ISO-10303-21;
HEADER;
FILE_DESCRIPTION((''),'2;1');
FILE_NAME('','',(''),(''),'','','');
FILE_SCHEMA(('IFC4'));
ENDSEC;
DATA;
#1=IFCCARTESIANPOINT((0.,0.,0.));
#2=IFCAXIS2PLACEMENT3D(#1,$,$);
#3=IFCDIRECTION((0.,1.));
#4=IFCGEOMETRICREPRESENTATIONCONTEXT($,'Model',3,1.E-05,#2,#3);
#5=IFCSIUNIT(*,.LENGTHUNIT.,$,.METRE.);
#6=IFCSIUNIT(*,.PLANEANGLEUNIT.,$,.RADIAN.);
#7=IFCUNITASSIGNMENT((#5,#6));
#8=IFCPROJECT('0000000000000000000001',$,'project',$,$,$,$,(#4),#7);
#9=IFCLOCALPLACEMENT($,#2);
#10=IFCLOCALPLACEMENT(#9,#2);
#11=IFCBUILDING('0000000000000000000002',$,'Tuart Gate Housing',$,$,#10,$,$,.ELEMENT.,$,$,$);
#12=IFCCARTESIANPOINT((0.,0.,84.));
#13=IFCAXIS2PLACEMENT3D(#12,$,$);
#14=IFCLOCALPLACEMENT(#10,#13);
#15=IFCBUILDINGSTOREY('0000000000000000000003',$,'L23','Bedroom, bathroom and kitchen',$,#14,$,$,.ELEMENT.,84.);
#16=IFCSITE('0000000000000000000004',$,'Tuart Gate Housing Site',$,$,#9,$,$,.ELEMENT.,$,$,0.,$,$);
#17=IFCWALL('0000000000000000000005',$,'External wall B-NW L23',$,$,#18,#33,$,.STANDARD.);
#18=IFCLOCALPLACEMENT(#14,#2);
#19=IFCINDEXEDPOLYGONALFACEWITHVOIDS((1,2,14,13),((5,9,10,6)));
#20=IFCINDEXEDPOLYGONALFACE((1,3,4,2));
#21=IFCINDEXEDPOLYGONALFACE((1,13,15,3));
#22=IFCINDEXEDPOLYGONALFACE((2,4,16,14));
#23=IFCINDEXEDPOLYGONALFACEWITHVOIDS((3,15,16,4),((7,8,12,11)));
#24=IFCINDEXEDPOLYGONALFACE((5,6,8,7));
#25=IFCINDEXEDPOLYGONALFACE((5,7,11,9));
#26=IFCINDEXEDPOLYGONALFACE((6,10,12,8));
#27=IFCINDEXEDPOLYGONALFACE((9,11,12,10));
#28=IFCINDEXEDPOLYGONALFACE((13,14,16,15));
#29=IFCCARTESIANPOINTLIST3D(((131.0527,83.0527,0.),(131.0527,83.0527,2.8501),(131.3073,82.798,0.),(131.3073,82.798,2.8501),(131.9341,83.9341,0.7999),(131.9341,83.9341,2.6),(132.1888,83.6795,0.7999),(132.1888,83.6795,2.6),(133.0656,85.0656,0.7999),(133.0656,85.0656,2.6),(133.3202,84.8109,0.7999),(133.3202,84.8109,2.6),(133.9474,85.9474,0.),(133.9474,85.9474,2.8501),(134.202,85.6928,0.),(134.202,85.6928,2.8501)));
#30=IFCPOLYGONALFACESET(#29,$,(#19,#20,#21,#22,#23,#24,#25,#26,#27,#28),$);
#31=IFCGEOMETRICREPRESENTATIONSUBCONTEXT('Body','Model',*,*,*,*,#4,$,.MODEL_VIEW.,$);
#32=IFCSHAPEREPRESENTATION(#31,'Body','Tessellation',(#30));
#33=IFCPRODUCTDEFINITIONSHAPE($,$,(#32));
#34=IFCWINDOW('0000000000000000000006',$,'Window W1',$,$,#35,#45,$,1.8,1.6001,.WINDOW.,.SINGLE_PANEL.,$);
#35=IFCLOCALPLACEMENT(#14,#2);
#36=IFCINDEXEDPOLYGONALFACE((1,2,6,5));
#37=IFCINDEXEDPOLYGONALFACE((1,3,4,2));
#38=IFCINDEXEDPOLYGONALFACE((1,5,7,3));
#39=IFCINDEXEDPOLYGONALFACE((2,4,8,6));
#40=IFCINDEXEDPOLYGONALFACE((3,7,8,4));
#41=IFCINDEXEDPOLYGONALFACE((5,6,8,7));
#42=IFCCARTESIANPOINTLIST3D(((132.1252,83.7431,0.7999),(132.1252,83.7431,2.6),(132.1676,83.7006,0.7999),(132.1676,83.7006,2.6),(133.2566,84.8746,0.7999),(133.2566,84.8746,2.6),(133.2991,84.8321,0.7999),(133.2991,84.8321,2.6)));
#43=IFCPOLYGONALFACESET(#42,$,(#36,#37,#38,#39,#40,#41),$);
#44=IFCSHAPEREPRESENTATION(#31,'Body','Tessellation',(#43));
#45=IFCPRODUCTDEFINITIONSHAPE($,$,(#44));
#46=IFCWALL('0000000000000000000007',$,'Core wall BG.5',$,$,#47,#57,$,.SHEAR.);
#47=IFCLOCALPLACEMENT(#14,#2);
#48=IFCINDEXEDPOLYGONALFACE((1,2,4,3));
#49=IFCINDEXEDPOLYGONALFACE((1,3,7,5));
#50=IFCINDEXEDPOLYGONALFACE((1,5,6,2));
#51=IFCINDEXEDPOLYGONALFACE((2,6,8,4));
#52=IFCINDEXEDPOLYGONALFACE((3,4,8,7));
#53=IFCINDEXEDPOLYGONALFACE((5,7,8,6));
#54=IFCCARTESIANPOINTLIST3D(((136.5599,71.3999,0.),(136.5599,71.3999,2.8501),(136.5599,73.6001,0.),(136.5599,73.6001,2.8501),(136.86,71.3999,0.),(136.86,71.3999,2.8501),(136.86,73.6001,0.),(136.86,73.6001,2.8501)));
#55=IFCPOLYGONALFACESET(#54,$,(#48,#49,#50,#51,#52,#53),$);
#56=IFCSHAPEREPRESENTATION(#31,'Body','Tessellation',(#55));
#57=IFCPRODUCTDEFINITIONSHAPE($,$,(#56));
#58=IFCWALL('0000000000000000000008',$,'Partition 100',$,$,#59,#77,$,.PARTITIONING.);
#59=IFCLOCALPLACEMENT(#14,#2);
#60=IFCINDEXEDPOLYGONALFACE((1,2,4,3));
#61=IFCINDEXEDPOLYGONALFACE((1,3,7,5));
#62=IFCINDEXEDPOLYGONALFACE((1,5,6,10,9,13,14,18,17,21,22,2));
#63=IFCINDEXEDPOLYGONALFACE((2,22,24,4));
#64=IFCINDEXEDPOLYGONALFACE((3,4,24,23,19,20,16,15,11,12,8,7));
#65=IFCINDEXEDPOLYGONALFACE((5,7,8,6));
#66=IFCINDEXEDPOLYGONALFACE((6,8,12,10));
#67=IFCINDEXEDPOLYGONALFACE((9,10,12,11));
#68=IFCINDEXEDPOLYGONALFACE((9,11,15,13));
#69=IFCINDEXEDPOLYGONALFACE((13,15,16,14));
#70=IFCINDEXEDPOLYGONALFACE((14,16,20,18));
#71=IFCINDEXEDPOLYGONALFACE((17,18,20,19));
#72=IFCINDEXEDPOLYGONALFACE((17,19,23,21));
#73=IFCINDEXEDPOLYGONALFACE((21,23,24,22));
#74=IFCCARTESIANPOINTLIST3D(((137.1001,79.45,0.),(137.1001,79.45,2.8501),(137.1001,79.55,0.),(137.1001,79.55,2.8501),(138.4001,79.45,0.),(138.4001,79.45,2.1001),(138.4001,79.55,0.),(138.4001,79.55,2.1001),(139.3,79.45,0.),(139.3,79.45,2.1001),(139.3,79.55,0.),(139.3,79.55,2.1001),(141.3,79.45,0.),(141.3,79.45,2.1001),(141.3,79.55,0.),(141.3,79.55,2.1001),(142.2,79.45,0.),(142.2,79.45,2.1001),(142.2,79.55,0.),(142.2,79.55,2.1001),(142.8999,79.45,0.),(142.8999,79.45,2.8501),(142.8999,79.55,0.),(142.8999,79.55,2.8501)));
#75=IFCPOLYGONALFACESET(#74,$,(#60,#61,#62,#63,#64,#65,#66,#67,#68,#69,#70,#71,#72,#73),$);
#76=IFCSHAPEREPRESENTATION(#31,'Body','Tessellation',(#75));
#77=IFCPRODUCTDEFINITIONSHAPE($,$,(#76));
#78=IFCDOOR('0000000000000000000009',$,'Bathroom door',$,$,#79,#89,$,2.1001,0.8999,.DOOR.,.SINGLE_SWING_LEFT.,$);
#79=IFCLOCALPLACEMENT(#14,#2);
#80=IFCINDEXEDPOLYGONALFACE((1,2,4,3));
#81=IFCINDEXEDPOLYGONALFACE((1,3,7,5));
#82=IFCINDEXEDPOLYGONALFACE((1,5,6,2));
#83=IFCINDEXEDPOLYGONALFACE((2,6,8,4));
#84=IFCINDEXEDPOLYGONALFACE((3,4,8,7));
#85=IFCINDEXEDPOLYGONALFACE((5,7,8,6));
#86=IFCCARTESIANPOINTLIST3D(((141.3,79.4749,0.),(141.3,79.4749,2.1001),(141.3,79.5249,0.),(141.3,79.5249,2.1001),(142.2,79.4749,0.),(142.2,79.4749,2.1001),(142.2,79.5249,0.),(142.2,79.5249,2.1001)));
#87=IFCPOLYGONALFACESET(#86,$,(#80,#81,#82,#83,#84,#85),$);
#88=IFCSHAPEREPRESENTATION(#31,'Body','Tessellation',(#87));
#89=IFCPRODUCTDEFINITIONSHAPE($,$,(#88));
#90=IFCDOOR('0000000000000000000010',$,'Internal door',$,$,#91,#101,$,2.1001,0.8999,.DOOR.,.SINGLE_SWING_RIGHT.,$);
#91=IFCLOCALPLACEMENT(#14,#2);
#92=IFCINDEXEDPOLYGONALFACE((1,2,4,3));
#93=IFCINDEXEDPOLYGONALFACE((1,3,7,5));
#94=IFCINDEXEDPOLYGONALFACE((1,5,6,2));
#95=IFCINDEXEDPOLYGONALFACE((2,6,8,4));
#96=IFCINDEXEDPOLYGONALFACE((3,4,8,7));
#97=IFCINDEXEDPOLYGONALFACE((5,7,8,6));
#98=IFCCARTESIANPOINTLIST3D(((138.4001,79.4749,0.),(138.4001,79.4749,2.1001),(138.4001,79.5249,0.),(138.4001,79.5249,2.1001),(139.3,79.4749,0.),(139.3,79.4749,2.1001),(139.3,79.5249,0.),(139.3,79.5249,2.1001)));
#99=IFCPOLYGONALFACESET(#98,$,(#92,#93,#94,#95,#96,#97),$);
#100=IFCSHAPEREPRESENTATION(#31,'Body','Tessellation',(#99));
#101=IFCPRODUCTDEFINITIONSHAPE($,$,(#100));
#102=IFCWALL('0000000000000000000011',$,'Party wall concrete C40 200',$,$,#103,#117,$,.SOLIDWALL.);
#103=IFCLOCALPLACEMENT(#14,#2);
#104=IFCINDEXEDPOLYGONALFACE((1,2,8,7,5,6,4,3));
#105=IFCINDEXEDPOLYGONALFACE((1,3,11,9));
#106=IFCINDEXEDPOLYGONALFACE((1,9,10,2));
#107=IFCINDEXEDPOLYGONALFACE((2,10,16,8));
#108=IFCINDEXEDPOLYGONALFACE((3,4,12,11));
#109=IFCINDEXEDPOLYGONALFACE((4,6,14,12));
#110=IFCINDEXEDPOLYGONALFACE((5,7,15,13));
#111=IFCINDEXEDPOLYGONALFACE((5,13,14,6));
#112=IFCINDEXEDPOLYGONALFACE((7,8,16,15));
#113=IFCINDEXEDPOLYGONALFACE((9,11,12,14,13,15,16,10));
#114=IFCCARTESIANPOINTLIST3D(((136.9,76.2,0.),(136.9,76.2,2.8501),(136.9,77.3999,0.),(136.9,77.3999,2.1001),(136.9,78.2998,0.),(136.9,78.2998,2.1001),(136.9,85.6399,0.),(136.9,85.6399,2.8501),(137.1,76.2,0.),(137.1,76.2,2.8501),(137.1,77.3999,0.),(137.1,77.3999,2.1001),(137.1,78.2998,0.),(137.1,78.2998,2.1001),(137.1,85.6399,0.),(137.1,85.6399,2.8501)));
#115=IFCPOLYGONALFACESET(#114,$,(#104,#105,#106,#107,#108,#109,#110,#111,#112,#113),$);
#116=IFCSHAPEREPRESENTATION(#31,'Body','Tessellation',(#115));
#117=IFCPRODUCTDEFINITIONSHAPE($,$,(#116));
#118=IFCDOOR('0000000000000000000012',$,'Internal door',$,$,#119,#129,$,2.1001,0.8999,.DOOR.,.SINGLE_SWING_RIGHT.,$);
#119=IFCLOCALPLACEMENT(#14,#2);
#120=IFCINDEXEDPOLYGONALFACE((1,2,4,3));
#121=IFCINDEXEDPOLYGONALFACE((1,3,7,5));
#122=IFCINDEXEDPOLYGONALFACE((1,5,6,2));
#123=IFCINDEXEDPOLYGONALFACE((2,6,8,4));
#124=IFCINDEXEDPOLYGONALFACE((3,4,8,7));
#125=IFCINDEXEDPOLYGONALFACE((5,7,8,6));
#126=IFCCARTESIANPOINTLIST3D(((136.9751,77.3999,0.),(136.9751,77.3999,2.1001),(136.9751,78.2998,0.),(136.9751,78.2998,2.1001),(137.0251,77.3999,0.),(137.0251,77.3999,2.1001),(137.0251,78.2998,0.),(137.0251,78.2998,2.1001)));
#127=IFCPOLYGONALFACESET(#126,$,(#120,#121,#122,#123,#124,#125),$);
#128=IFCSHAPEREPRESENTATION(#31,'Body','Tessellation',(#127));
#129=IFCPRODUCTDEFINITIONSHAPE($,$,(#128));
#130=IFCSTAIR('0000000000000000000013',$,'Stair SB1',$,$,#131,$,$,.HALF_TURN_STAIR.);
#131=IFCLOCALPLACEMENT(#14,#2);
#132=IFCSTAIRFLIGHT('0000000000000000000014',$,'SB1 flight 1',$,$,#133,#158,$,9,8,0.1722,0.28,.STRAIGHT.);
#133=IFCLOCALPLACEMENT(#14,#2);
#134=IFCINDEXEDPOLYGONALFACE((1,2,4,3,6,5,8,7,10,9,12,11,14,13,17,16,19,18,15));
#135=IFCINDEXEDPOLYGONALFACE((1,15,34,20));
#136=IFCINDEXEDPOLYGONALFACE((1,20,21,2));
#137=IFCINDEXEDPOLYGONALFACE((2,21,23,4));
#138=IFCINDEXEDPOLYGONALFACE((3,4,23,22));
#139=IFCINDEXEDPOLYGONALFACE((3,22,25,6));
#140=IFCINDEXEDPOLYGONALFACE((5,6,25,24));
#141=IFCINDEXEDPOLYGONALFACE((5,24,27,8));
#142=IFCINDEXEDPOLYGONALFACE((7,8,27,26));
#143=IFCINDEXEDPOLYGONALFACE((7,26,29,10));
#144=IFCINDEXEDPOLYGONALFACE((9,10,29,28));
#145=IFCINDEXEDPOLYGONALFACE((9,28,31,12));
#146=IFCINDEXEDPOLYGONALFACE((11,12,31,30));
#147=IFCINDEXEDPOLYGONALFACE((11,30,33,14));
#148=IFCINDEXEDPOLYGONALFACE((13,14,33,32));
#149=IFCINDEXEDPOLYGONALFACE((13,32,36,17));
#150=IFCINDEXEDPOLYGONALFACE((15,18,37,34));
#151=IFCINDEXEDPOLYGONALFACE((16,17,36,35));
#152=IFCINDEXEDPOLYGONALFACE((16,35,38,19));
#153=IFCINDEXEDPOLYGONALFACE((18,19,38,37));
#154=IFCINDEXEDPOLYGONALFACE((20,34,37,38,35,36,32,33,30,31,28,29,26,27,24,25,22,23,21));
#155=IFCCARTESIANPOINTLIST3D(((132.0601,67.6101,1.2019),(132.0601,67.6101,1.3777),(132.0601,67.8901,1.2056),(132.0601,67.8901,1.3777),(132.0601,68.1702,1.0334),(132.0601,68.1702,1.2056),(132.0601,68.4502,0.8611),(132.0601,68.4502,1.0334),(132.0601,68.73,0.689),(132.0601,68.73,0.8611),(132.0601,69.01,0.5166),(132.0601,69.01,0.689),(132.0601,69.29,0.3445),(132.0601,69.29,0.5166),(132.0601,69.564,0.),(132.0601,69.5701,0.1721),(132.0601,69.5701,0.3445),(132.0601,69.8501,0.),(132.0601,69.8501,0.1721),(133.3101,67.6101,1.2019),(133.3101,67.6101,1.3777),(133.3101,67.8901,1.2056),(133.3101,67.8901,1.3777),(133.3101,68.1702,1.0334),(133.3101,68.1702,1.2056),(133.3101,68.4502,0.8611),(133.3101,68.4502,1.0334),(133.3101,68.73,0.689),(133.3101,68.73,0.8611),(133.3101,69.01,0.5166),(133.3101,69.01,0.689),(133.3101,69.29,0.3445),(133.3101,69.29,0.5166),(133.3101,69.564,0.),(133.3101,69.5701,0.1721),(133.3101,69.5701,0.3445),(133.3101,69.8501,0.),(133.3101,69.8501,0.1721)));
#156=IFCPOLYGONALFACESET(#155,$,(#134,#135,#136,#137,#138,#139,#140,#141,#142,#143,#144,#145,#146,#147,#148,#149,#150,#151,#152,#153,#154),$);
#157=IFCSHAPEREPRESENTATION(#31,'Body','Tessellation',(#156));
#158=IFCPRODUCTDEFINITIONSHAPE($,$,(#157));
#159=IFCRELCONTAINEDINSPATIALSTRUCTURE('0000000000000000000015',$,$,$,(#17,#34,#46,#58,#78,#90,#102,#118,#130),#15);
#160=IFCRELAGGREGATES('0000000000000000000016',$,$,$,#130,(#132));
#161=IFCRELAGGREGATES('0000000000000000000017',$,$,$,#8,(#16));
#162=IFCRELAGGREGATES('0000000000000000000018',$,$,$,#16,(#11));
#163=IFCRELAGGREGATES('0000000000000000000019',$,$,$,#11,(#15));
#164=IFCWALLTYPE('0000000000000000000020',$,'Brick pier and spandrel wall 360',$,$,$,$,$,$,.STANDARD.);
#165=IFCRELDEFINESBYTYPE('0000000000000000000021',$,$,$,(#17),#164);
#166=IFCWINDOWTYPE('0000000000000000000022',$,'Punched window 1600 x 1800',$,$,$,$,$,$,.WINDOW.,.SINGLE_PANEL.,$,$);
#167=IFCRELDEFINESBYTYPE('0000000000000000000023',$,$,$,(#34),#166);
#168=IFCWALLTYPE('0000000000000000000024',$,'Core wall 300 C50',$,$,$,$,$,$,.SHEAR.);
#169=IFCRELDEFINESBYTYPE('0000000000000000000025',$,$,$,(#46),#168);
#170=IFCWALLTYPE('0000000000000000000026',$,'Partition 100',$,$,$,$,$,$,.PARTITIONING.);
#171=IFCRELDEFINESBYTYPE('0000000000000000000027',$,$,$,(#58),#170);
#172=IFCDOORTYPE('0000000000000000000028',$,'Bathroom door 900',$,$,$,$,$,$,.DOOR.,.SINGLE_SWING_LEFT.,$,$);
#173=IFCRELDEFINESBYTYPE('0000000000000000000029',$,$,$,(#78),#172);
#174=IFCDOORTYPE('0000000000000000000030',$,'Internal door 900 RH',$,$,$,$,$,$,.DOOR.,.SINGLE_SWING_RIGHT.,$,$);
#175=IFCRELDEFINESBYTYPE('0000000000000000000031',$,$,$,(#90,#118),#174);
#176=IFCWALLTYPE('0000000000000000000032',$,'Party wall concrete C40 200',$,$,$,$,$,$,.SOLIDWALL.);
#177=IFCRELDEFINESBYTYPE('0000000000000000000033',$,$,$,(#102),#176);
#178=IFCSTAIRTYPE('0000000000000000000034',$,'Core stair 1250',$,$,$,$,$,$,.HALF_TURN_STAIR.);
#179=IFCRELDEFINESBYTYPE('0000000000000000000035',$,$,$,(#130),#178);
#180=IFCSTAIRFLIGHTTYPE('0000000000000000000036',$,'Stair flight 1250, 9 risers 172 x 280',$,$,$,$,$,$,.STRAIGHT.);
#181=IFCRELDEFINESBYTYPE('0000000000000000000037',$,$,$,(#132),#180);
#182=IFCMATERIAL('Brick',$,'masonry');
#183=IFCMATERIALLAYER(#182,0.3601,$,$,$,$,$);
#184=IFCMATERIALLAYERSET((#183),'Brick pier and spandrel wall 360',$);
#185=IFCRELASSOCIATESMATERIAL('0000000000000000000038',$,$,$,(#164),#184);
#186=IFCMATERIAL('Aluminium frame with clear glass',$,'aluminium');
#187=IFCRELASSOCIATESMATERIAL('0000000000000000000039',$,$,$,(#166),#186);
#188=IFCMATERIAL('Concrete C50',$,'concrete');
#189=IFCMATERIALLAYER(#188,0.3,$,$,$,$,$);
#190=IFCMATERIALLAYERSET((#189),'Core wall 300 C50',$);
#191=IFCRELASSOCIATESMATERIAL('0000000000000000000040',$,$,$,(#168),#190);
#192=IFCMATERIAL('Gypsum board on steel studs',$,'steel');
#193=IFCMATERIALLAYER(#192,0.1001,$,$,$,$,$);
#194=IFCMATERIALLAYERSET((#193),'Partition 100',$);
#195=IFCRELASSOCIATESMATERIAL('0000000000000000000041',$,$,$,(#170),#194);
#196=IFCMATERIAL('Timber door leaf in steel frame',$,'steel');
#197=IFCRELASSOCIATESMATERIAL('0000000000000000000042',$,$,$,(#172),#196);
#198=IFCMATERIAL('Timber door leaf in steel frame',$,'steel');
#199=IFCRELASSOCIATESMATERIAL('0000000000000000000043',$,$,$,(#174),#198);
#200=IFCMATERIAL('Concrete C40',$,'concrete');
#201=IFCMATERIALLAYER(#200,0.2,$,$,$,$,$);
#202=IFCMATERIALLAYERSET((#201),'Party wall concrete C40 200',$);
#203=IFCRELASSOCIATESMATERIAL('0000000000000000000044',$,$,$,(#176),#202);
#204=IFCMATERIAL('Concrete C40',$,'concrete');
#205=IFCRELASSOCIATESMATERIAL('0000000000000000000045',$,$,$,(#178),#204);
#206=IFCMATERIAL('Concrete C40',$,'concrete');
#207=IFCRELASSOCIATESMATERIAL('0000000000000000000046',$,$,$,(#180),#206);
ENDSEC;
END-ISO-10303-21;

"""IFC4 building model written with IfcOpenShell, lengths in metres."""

from ifc_helpers import new_model, si_unit, direction, frame, frame_2d, origin, place, context, subcontext, project, spatial, polyline, rectangle, outline, extrude, material, layer, layer_set, type_object, element, fill, aggregate, save


model = new_model("IFC4")

# Units and contexts
model_context = context("Model", 3, precision=1e-05, world=origin(), true_north=direction((0.0, 1.0)))
body_context = subcontext(model_context, "Body", "Model", "MODEL_VIEW")
ifc_project = project(units=[si_unit("LENGTHUNIT", "METRE"), si_unit("PLANEANGLEUNIT", "RADIAN")], contexts=[model_context])

# Site, building, storey
site_placement = place(None, origin())
site = spatial("IfcSite", under=ifc_project, at=site_placement, Name="Tuart Gate Housing Site", CompositionType="ELEMENT", RefElevation=0.0)
building_placement = place(site_placement, origin())
building = spatial("IfcBuilding", under=site, at=building_placement, Name="Tuart Gate Housing", CompositionType="ELEMENT")
storey_placement = place(building_placement, frame((0.0, 0.0, 84.0)))
storey = spatial("IfcBuildingStorey", under=building, at=storey_placement, Name="L23", Description="Bedroom, bathroom and kitchen", CompositionType="ELEMENT", Elevation=84.0)

# Wall, opening, window
ifc_material_1 = material(Name="Brick", Category="masonry")
ifc_layer_1 = layer(ifc_material_1, 0.3601)
ifc_layer_set_1 = layer_set([ifc_layer_1], Name="Brick pier and spandrel wall 360")
wall_type_1 = type_object("IfcWallType", Name="Brick pier and spandrel wall 360", PredefinedType="STANDARD", material=ifc_layer_set_1)
wall_1_placement = place(storey_placement, frame((134.0747, 85.8201, 0.0), z_axis=(0.0, 0.0, 1.0), x_axis=(-0.707107, -0.707107, 0.0)))
wall_1 = element("IfcWall", 1, at=wall_1_placement, inside=storey, type_object=wall_type_1, Name="External wall B-NW L23", PredefinedType="STANDARD", context=body_context, shape_type="SweptSolid", body=[
    extrude(rectangle(XDim=4.0938, YDim=0.3601, at=frame_2d((2.0469, 0.0))), origin(), (0.0, 0.0, 1.0), 2.8501),
])
opening_1_placement = place(wall_1_placement, frame((1.2471, 0.0, 0.8)))
opening_1 = element("IfcOpeningElement", 2, at=opening_1_placement, cuts=wall_1, PredefinedType="OPENING", context=body_context, shape_type="SweptSolid", body=[
    extrude(rectangle(XDim=1.6001, YDim=1.8, at=frame_2d((0.8, 0.8999))), frame((0.0, 0.1899, 0.0), z_axis=(0.0, -1.0, 0.0), x_axis=(1.0, 0.0, 0.0)), (0.0, 0.0, 1.0), 0.3801),
])
ifc_material_2 = material(Name="Aluminium frame with clear glass", Category="aluminium")
window_type = type_object("IfcWindowType", Name="Punched window 1600 x 1800", PartitioningType="SINGLE_PANEL", PredefinedType="WINDOW", material=ifc_material_2)
window_placement = place(opening_1_placement, origin())
window = element("IfcWindow", 3, at=window_placement, inside=storey, type_object=window_type, Name="Window W1", OverallHeight=1.8, OverallWidth=1.6001, PartitioningType="SINGLE_PANEL", PredefinedType="WINDOW", context=body_context, shape_type="SweptSolid", body=[
    extrude(rectangle(XDim=1.6001, YDim=1.8, at=frame_2d((0.8, 0.8999))), frame((0.0, 0.1501, 0.0), z_axis=(0.0, -1.0, 0.0), x_axis=(1.0, 0.0, 0.0)), (0.0, 0.0, 1.0), 0.0601),
])
fill(opening_1, window)

# Wall
ifc_material_3 = material(Name="Concrete C50", Category="concrete")
ifc_layer_2 = layer(ifc_material_3, 0.3)
ifc_layer_set_2 = layer_set([ifc_layer_2], Name="Core wall 300 C50")
wall_type_2 = type_object("IfcWallType", Name="Core wall 300 C50", PredefinedType="SHEAR", material=ifc_layer_set_2)
wall_2_placement = place(storey_placement, frame((136.71, 71.3999, 0.0), z_axis=(0.0, 0.0, 1.0), x_axis=(0.0, 1.0, 0.0)))
element("IfcWall", 4, at=wall_2_placement, inside=storey, type_object=wall_type_2, Name="Core wall BG.5", PredefinedType="SHEAR", context=body_context, shape_type="SweptSolid", body=[
    extrude(rectangle(XDim=2.2002, YDim=0.3, at=frame_2d((1.1001, 0.0))), origin(), (0.0, 0.0, 1.0), 2.8501),
])

# Wall, openings, doors
ifc_material_4 = material(Name="Gypsum board on steel studs", Category="steel")
ifc_layer_3 = layer(ifc_material_4, 0.1001)
ifc_layer_set_3 = layer_set([ifc_layer_3], Name="Partition 100")
wall_type_3 = type_object("IfcWallType", Name="Partition 100", PredefinedType="PARTITIONING", material=ifc_layer_set_3)
wall_3_placement = place(storey_placement, frame((137.1001, 79.5, 0.0), z_axis=(0.0, 0.0, 1.0), x_axis=(1.0, 0.0, 0.0)))
wall_3 = element("IfcWall", 5, at=wall_3_placement, inside=storey, type_object=wall_type_3, Name="Partition 100", PredefinedType="PARTITIONING", context=body_context, shape_type="SweptSolid", body=[
    extrude(rectangle(XDim=5.7998, YDim=0.1001, at=frame_2d((2.8999, 0.0))), origin(), (0.0, 0.0, 1.0), 2.8501),
])
opening_2_placement = place(wall_3_placement, frame((1.3, 0.0, 0.0)))
opening_2 = element("IfcOpeningElement", 6, at=opening_2_placement, cuts=wall_3, PredefinedType="OPENING", context=body_context, shape_type="SweptSolid", body=[
    extrude(rectangle(XDim=0.8999, YDim=2.1001, at=frame_2d((0.45, 1.05))), frame((0.0, 0.0601, 0.0), z_axis=(0.0, -1.0, 0.0), x_axis=(1.0, 0.0, 0.0)), (0.0, 0.0, 1.0), 0.1201),
])
opening_3_placement = place(wall_3_placement, frame((4.2, 0.0, 0.0)))
opening_3 = element("IfcOpeningElement", 7, at=opening_3_placement, cuts=wall_3, PredefinedType="OPENING", context=body_context, shape_type="SweptSolid", body=[
    extrude(rectangle(XDim=0.8999, YDim=2.1001, at=frame_2d((0.45, 1.05))), frame((0.0, 0.0601, 0.0), z_axis=(0.0, -1.0, 0.0), x_axis=(1.0, 0.0, 0.0)), (0.0, 0.0, 1.0), 0.1201),
])
ifc_material_5 = material(Name="Timber door leaf in steel frame", Category="steel")
door_type_1 = type_object("IfcDoorType", Name="Bathroom door 900", OperationType="SINGLE_SWING_LEFT", PredefinedType="DOOR", material=ifc_material_5)
door_1_placement = place(opening_3_placement, origin())
door_1 = element("IfcDoor", 8, at=door_1_placement, inside=storey, type_object=door_type_1, Name="Bathroom door", OperationType="SINGLE_SWING_LEFT", OverallHeight=2.1001, OverallWidth=0.8999, PredefinedType="DOOR", context=body_context, shape_type="SweptSolid", body=[
    extrude(rectangle(XDim=0.8999, YDim=2.1001, at=frame_2d((0.45, 1.05))), frame((0.0, 0.0249, 0.0), z_axis=(0.0, -1.0, 0.0), x_axis=(1.0, 0.0, 0.0)), (0.0, 0.0, 1.0), 0.05),
])
fill(opening_3, door_1)
ifc_material_6 = material(Name="Timber door leaf in steel frame", Category="steel")
door_type_2 = type_object("IfcDoorType", Name="Internal door 900 RH", OperationType="SINGLE_SWING_RIGHT", PredefinedType="DOOR", material=ifc_material_6)
door_2_placement = place(opening_2_placement, origin())
door_2 = element("IfcDoor", 9, at=door_2_placement, inside=storey, type_object=door_type_2, Name="Internal door", OperationType="SINGLE_SWING_RIGHT", OverallHeight=2.1001, OverallWidth=0.8999, PredefinedType="DOOR", context=body_context, shape_type="SweptSolid", body=[
    extrude(rectangle(XDim=0.8999, YDim=2.1001, at=frame_2d((0.45, 1.05))), frame((0.0, 0.0249, 0.0), z_axis=(0.0, -1.0, 0.0), x_axis=(1.0, 0.0, 0.0)), (0.0, 0.0, 1.0), 0.05),
])
fill(opening_2, door_2)

# Wall, opening, door
ifc_material_7 = material(Name="Concrete C40", Category="concrete")
ifc_layer_4 = layer(ifc_material_7, 0.2)
ifc_layer_set_4 = layer_set([ifc_layer_4], Name="Party wall concrete C40 200")
wall_type_4 = type_object("IfcWallType", Name="Party wall concrete C40 200", PredefinedType="SOLIDWALL", material=ifc_layer_set_4)
wall_4_placement = place(storey_placement, frame((137.0, 76.2, 0.0), z_axis=(0.0, 0.0, 1.0), x_axis=(0.0, 1.0, 0.0)))
wall_4 = element("IfcWall", 10, at=wall_4_placement, inside=storey, type_object=wall_type_4, Name="Party wall concrete C40 200", PredefinedType="SOLIDWALL", context=body_context, shape_type="SweptSolid", body=[
    extrude(rectangle(XDim=9.4399, YDim=0.2, at=frame_2d((4.72, 0.0))), origin(), (0.0, 0.0, 1.0), 2.8501),
])
opening_4_placement = place(wall_4_placement, frame((1.2, 0.0, 0.0)))
opening_4 = element("IfcOpeningElement", 11, at=opening_4_placement, cuts=wall_4, PredefinedType="OPENING", context=body_context, shape_type="SweptSolid", body=[
    extrude(rectangle(XDim=0.8999, YDim=2.1001, at=frame_2d((0.45, 1.05))), frame((0.0, 0.1099, 0.0), z_axis=(0.0, -1.0, 0.0), x_axis=(1.0, 0.0, 0.0)), (0.0, 0.0, 1.0), 0.22),
])
door_3_placement = place(opening_4_placement, frame((0.8999, 0.0, 0.0), z_axis=(0.0, 0.0, 1.0), x_axis=(-1.0, 0.0, 0.0)))
door_3 = element("IfcDoor", 12, at=door_3_placement, inside=storey, type_object=door_type_2, Name="Internal door", OperationType="SINGLE_SWING_RIGHT", OverallHeight=2.1001, OverallWidth=0.8999, PredefinedType="DOOR", context=body_context, shape_type="SweptSolid", body=[
    extrude(rectangle(XDim=0.8999, YDim=2.1001, at=frame_2d((0.45, 1.05))), frame((0.0, 0.0251, 0.0), z_axis=(0.0, -1.0, 0.0), x_axis=(1.0, 0.0, 0.0)), (0.0, 0.0, 1.0), 0.05),
])
fill(opening_4, door_3)

# Stair, stair flight
ifc_material_8 = material(Name="Concrete C40", Category="concrete")
stair_type = type_object("IfcStairType", Name="Core stair 1250", PredefinedType="HALF_TURN_STAIR", material=ifc_material_8)
stair_placement = place(storey_placement, origin())
stair = element("IfcStair", 13, at=stair_placement, inside=storey, type_object=stair_type, Name="Stair SB1", PredefinedType="HALF_TURN_STAIR")
ifc_material_9 = material(Name="Concrete C40", Category="concrete")
stair_flight_type = type_object("IfcStairFlightType", Name="Stair flight 1250, 9 risers 172 x 280", PredefinedType="STRAIGHT", material=ifc_material_9)
stair_flight_1_placement = place(storey_placement, frame((132.6851, 69.8501, 0.0), z_axis=(0.0, 0.0, 1.0), x_axis=(0.0, -1.0, 0.0)))
stair_flight_1 = element("IfcStairFlight", 14, at=stair_flight_1_placement, type_object=stair_flight_type, Name="SB1 flight 1", NumberOfRisers=9, NumberOfTreads=8, PredefinedType="STRAIGHT", RiserHeight=0.1722, TreadLength=0.28, context=body_context, shape_type="SweptSolid", body=[
    extrude(outline(polyline([(0.0, 0.0), (0.0, 0.1721), (0.28, 0.1721), (0.28, 0.3445), (0.5601, 0.3445), (0.5601, 0.5166), (0.8401, 0.5166), (0.8401, 0.689), (1.1201, 0.689), (1.1201, 0.8611), (1.3999, 0.8611), (1.3999, 1.0334), (1.6799, 1.0334), (1.6799, 1.2056), (1.96, 1.2056), (1.96, 1.3777), (2.24, 1.3777), (2.24, 1.55), (2.24, 1.2019), (0.2861, 0.0), (0.0, 0.0)])), frame((0.0, 0.625, 0.0), z_axis=(0.0, -1.0, 0.0), x_axis=(1.0, 0.0, 0.0)), (0.0, 0.0, 1.0), 1.25),
])
aggregate(stair, [stair_flight_1])

save(model, "model.ifc")
